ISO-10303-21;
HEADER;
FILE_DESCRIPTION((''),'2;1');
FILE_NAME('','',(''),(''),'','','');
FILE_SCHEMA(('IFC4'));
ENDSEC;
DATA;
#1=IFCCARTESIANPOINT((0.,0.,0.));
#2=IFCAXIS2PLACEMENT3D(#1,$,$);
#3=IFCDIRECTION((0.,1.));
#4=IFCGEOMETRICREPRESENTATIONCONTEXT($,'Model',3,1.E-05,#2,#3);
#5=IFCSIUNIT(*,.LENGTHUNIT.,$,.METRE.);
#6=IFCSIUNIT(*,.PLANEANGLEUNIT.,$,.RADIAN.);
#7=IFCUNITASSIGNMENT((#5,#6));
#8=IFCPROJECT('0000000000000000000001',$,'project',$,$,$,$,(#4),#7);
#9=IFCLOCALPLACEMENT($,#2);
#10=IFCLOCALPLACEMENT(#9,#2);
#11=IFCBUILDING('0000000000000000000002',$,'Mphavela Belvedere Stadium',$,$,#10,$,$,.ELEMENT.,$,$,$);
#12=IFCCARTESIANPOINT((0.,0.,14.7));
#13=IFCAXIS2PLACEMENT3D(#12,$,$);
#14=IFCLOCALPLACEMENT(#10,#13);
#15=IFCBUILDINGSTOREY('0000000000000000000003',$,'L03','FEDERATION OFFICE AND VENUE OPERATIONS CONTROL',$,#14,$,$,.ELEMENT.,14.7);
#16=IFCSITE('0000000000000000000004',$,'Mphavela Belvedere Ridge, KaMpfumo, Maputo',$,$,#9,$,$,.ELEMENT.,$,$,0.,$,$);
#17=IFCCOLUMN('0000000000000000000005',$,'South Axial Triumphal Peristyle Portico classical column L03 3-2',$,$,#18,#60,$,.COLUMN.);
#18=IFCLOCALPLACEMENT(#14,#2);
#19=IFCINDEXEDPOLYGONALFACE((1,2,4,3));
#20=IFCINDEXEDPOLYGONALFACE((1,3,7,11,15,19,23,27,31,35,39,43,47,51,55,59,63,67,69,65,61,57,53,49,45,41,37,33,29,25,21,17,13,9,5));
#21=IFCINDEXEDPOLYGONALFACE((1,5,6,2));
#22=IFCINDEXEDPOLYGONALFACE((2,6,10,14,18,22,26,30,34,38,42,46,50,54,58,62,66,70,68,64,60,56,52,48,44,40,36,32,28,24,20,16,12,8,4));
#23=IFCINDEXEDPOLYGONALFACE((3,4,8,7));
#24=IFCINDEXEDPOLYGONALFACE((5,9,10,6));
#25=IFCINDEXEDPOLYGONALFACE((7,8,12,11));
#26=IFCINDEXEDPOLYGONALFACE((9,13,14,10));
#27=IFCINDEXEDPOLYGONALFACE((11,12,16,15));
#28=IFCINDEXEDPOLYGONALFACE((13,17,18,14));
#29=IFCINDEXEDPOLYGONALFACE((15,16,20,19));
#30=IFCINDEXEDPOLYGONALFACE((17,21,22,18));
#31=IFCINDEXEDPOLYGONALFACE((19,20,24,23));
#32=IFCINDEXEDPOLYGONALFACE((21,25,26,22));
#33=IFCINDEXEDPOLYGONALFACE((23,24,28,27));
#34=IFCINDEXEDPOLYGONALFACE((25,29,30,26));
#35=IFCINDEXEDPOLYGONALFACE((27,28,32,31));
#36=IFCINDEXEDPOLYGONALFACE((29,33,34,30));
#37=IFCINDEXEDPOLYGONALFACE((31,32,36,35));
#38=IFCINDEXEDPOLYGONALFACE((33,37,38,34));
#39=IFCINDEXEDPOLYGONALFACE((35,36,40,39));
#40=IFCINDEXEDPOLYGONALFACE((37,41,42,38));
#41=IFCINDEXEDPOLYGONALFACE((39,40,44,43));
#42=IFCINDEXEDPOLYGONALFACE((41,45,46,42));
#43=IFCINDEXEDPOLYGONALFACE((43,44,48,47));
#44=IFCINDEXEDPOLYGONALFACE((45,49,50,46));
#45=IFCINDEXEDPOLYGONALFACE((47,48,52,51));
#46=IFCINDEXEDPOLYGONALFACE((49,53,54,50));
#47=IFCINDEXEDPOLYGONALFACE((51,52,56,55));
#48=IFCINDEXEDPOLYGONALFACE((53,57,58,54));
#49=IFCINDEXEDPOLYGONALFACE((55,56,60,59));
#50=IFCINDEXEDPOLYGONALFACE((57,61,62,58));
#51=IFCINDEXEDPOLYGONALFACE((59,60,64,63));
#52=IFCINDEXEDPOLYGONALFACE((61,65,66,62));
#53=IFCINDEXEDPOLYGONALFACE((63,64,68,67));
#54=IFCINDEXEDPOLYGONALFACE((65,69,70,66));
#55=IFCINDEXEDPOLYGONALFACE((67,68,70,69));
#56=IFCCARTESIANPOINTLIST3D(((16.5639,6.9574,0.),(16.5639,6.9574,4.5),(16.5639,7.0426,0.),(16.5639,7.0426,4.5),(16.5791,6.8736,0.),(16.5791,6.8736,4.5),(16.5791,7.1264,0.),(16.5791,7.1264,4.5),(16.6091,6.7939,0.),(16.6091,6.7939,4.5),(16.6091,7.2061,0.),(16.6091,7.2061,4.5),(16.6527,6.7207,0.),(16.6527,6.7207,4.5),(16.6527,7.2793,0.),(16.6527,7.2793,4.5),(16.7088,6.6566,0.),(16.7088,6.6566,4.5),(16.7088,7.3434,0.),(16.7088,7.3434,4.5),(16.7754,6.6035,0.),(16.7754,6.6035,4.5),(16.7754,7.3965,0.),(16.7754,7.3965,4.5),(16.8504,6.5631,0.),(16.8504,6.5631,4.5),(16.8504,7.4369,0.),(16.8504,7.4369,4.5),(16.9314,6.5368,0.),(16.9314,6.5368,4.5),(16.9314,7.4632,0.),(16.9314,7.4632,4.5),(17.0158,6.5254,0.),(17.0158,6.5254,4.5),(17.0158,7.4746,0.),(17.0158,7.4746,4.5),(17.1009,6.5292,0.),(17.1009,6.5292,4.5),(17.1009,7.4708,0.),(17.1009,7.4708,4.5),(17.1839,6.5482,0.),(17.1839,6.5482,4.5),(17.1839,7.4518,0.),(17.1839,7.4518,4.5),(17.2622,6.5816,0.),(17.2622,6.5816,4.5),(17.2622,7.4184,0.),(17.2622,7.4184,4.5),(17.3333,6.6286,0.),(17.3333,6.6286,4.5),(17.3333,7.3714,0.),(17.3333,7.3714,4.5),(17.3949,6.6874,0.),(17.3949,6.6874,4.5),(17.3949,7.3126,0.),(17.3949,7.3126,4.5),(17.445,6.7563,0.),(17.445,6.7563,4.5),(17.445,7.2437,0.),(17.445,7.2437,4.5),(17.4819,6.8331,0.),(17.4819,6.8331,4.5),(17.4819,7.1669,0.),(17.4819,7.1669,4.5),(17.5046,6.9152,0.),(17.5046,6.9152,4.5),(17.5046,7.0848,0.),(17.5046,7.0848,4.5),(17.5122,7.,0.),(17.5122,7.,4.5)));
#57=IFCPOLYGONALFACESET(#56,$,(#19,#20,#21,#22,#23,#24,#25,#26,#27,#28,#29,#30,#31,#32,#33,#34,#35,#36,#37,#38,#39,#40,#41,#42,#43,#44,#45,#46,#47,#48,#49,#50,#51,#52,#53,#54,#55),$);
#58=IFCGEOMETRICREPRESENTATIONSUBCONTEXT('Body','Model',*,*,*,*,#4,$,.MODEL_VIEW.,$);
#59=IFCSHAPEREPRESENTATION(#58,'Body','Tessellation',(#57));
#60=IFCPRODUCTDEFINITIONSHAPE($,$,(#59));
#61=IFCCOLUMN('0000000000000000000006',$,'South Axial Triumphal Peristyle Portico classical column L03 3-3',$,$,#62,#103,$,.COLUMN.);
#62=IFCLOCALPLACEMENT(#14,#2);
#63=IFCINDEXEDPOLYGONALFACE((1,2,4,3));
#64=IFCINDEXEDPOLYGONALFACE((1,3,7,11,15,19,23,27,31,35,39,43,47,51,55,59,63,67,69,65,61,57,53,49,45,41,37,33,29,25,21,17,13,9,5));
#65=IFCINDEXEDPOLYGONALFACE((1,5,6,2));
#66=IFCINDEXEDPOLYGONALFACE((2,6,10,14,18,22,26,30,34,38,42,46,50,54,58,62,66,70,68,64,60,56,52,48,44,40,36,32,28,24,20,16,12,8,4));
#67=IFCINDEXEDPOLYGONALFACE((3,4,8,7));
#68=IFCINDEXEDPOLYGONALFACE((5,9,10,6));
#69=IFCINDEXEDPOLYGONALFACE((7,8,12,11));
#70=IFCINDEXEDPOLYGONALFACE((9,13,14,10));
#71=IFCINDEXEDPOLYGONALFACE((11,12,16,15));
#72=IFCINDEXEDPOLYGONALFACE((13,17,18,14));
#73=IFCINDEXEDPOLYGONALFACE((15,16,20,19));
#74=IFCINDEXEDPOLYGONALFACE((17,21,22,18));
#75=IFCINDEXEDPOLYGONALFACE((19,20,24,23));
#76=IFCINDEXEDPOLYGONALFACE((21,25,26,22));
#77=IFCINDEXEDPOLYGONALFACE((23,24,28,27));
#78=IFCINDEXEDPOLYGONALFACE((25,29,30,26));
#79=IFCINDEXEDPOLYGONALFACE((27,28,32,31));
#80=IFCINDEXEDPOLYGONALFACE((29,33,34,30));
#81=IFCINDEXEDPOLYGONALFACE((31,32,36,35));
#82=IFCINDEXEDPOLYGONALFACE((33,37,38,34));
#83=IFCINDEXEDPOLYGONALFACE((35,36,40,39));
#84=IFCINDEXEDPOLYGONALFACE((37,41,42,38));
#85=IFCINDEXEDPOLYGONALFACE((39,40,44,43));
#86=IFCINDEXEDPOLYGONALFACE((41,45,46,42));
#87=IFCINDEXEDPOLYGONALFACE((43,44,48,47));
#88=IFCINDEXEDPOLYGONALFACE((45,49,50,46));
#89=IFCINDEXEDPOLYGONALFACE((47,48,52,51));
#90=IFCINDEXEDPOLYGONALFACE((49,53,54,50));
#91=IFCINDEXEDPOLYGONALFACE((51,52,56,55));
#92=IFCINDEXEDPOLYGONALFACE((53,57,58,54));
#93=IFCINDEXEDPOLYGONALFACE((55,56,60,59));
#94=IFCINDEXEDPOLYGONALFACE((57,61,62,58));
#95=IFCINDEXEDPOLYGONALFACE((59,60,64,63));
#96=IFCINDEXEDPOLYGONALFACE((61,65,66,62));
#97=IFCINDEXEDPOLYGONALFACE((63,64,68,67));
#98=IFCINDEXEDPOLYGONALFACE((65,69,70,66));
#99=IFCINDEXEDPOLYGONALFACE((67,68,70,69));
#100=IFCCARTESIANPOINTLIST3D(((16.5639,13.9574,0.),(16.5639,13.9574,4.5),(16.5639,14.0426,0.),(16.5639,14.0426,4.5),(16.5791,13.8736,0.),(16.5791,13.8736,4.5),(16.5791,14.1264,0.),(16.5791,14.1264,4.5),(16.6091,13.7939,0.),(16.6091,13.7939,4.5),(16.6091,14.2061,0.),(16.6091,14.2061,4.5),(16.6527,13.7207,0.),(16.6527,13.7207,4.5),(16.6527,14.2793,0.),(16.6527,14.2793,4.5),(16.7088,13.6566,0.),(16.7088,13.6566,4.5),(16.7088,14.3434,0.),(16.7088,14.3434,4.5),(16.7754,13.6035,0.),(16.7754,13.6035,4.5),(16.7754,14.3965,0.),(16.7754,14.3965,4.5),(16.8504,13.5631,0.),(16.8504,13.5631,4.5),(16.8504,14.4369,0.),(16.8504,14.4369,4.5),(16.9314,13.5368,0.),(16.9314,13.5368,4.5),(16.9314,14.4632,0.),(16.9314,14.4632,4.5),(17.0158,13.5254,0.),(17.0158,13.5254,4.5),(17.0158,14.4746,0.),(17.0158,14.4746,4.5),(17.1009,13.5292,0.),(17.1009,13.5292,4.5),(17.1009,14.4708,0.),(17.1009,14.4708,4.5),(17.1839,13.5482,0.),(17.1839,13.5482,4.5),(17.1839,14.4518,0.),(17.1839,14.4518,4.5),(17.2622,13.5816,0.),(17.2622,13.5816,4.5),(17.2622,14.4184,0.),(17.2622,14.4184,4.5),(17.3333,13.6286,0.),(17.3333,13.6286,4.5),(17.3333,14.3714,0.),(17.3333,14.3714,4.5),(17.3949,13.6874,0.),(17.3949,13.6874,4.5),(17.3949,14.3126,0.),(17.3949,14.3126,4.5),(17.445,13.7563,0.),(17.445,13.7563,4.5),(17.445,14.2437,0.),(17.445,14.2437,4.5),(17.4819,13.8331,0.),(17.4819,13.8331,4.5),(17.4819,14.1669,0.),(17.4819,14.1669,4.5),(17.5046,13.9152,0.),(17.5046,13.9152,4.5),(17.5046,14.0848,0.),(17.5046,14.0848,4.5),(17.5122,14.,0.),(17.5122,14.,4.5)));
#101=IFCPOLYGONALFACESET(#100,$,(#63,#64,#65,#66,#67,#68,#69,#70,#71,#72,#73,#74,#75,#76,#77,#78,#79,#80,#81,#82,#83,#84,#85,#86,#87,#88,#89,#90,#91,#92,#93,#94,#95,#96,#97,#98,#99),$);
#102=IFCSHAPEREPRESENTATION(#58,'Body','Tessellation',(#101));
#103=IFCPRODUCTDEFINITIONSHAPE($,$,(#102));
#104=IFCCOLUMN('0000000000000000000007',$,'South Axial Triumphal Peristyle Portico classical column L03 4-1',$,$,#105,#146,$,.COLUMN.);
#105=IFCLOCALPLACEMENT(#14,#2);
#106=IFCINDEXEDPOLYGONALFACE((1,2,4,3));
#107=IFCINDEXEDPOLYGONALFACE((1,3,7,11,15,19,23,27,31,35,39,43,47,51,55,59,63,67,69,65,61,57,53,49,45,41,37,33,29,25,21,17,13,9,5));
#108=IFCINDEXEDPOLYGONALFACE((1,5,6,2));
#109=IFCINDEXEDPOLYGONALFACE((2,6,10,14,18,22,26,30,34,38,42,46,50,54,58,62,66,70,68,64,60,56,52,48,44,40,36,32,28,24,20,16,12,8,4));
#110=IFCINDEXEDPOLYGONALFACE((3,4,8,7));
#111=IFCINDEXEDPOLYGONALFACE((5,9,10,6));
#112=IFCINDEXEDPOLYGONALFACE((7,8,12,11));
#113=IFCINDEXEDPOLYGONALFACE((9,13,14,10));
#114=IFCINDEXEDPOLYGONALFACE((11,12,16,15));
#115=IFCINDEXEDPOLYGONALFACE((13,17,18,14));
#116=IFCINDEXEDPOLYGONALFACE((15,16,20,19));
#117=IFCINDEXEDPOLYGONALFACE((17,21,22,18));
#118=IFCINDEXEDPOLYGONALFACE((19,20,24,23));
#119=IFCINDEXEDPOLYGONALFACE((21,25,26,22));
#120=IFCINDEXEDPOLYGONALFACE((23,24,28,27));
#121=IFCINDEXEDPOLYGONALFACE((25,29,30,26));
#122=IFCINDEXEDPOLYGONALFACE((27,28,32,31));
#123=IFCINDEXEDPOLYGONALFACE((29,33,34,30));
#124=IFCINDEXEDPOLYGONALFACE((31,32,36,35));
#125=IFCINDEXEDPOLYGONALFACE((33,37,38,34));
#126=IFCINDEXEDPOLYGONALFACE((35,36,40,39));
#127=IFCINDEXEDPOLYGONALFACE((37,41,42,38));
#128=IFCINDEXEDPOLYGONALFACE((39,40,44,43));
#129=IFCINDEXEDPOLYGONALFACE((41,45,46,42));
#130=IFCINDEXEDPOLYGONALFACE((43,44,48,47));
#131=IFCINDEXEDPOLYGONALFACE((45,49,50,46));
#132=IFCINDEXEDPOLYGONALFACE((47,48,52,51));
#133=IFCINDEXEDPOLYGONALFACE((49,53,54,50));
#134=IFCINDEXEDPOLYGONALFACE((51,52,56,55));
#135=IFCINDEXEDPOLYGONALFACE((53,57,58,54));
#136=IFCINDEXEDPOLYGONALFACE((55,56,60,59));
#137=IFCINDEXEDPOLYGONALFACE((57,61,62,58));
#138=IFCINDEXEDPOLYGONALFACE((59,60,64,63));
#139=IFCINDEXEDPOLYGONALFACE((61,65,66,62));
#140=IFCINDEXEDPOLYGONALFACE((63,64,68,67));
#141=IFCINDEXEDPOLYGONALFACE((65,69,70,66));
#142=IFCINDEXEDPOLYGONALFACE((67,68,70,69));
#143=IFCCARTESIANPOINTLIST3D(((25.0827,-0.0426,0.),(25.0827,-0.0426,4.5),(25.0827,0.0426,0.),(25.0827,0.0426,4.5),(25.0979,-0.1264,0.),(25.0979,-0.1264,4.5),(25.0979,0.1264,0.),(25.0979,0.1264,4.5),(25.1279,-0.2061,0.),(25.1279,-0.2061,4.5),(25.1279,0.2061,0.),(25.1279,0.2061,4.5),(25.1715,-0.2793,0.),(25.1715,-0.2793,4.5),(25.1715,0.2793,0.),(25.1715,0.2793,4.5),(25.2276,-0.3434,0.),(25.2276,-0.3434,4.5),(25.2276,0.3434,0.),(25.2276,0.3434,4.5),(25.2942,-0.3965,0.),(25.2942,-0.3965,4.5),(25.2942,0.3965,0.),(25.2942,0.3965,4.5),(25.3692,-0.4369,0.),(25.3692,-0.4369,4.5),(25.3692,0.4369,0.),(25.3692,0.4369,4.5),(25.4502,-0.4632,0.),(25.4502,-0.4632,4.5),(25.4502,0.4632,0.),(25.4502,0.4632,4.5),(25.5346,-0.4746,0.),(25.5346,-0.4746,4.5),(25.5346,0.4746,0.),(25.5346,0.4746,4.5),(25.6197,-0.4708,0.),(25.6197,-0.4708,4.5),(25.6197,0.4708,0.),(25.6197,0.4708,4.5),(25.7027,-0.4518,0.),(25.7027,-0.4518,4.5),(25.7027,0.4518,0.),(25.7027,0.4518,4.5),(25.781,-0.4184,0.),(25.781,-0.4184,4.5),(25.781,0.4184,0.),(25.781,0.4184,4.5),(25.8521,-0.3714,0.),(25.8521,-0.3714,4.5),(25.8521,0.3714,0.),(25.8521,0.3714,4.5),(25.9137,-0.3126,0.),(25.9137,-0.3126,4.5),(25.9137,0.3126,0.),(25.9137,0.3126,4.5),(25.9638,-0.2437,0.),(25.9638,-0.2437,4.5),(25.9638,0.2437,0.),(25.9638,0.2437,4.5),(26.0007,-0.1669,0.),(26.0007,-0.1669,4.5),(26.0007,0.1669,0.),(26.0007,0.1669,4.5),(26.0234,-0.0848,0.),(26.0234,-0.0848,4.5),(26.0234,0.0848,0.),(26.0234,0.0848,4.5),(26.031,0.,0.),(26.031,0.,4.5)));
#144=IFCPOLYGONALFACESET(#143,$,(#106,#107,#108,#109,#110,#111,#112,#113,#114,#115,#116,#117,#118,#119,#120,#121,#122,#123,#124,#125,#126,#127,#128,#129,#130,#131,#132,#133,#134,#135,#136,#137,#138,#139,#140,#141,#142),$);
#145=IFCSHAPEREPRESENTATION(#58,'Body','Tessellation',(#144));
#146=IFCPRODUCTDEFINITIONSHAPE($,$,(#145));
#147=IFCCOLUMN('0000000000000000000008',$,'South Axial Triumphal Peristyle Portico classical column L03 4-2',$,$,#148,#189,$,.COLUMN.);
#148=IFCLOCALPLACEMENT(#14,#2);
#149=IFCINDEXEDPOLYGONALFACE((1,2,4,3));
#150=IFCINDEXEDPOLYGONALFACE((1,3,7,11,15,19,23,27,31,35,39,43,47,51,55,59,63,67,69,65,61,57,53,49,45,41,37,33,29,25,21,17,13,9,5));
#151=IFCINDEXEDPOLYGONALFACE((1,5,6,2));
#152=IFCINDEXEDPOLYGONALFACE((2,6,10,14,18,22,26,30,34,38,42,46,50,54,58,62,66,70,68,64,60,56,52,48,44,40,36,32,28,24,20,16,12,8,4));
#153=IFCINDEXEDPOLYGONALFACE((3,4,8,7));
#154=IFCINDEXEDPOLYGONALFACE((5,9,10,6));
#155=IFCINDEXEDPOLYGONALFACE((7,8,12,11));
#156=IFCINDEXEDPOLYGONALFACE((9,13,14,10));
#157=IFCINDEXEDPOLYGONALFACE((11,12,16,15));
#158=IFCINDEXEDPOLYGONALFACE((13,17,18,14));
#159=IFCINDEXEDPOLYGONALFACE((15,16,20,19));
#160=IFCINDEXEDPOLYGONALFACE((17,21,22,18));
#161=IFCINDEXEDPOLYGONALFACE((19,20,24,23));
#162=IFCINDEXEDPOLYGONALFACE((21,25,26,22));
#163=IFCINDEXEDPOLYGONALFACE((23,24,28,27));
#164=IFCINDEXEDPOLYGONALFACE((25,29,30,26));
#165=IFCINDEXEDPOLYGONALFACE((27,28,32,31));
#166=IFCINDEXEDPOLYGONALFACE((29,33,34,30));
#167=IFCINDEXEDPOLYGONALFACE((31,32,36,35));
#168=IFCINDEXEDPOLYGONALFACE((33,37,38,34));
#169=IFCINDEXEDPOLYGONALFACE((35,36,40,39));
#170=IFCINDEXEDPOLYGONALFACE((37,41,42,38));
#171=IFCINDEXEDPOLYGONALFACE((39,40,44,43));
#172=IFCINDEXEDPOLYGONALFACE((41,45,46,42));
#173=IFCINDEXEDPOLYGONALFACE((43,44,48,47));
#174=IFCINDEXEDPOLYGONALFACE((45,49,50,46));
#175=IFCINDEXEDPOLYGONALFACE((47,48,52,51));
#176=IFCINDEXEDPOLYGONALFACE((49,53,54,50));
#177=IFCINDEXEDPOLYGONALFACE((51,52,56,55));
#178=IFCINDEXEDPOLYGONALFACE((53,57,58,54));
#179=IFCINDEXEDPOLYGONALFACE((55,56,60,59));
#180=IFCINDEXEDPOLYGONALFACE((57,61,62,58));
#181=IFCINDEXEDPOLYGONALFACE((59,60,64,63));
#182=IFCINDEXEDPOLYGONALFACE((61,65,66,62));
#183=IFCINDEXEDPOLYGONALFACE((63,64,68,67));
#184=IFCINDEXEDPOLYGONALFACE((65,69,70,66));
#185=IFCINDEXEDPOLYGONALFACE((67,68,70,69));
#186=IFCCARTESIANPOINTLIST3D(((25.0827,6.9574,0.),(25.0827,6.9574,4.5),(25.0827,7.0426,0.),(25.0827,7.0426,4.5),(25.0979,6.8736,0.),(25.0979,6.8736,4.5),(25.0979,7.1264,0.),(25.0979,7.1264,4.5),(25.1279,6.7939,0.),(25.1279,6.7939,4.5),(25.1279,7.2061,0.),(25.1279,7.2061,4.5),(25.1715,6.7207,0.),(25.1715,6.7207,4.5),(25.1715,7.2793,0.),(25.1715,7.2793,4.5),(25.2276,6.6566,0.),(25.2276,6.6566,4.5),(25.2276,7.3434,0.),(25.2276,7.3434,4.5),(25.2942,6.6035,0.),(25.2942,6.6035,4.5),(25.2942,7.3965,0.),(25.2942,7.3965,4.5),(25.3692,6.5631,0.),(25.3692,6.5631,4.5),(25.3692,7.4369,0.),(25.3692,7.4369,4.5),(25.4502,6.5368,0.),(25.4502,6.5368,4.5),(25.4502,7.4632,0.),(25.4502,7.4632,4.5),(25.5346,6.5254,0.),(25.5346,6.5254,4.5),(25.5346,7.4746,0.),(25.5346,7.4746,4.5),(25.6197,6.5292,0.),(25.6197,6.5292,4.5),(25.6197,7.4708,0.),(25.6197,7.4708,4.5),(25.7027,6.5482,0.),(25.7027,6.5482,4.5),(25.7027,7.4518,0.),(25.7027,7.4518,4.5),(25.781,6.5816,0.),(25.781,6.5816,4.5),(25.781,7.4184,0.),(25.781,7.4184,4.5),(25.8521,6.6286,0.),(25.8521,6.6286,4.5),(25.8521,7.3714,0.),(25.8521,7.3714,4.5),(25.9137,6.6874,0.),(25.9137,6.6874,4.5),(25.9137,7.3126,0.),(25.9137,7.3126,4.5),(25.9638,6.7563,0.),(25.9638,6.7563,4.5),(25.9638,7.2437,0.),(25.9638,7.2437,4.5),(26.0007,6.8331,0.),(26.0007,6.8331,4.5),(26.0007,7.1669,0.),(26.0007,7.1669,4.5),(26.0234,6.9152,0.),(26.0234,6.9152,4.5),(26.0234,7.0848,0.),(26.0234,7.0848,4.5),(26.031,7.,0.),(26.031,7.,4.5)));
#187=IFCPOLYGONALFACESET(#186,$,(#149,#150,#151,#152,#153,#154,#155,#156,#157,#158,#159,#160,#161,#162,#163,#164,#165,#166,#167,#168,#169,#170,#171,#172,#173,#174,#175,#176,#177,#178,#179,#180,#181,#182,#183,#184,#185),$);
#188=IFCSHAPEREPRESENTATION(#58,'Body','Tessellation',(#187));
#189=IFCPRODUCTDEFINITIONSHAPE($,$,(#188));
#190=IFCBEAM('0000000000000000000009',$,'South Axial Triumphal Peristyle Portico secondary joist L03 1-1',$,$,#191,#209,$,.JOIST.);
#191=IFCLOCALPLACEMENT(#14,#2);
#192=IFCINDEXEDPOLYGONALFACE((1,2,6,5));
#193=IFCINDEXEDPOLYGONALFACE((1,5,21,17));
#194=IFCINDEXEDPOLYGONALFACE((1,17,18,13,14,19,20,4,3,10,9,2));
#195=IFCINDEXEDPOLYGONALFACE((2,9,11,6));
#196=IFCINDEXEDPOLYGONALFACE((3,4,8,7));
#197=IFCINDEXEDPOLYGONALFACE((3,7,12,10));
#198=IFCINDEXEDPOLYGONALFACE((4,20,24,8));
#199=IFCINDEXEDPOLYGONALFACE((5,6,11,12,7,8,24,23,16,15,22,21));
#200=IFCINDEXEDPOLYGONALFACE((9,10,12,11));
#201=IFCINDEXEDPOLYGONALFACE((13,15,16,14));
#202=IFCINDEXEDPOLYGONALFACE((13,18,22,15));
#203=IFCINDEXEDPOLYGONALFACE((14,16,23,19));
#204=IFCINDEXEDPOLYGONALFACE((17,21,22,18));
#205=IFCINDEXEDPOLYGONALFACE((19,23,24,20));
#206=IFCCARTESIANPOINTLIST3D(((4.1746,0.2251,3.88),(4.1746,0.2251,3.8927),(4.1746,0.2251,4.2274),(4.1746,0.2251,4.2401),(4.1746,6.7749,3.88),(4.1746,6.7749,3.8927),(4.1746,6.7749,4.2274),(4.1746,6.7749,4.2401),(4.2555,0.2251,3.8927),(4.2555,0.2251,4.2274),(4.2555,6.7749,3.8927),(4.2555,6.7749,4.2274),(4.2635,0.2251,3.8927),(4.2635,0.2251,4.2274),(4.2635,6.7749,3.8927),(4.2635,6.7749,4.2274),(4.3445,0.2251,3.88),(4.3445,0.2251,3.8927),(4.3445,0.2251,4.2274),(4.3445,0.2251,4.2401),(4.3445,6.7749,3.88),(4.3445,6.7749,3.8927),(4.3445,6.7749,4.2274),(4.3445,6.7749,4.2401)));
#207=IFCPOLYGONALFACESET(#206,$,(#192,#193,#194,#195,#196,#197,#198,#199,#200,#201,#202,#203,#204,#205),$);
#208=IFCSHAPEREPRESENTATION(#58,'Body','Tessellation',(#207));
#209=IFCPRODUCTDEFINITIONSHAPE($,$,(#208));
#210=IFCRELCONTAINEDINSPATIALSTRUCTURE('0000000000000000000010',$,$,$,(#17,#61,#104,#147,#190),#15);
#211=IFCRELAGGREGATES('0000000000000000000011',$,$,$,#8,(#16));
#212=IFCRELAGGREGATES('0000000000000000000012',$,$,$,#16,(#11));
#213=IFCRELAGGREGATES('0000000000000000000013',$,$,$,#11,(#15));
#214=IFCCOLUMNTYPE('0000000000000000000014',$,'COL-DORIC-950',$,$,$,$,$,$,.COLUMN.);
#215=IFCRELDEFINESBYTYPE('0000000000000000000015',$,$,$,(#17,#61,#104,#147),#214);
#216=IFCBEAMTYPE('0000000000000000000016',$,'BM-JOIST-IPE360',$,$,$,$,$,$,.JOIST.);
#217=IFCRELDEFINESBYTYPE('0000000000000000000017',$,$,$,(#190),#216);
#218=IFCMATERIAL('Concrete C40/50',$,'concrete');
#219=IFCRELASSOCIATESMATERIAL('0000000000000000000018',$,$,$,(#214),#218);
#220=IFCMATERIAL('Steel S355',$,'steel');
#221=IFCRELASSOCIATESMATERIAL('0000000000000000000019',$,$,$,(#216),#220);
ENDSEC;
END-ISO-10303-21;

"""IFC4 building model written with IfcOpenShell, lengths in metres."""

from ifc_helpers import new_model, si_unit, direction, frame, origin, origin_2d, place, context, subcontext, project, spatial, circle, i_section, extrude, material, material_profile, profile_set, type_object, element, save


model = new_model("IFC4")

# Units and contexts
model_context = context("Model", 3, precision=1e-05, world=origin(), true_north=direction((0.0, 1.0)))
body_context = subcontext(model_context, "Body", "Model", "MODEL_VIEW")
ifc_project = project(units=[si_unit("LENGTHUNIT", "METRE"), si_unit("PLANEANGLEUNIT", "RADIAN")], contexts=[model_context])

# Site, building, storey
site_placement = place(None, origin())
site = spatial("IfcSite", under=ifc_project, at=site_placement, Name="Mphavela Belvedere Ridge, KaMpfumo, Maputo", CompositionType="ELEMENT", RefElevation=0.0)
building_placement = place(site_placement, origin())
building = spatial("IfcBuilding", under=site, at=building_placement, Name="Mphavela Belvedere Stadium", CompositionType="ELEMENT")
storey_placement = place(building_placement, frame((0.0, 0.0, 14.7)))
storey = spatial("IfcBuildingStorey", under=building, at=storey_placement, Name="L03", Description="FEDERATION OFFICE AND VENUE OPERATIONS CONTROL", CompositionType="ELEMENT", Elevation=14.7)

# Columns
ifc_material_1 = material(Name="Concrete C40/50", Category="concrete")
ifc_material_profile_1 = material_profile(ifc_material_1, circle(Radius=0.4751, at=origin_2d()), Name="COL D950")
ifc_profile_set_1 = profile_set([ifc_material_profile_1], Name="Concrete C40/50")
column_type = type_object("IfcColumnType", Name="COL-DORIC-950", PredefinedType="COLUMN", material=ifc_profile_set_1)
for number, where, z_axis, x_axis, name in (
    (1, (17.0371, 7.0, 0.0), (0.0, 0.0, 1.0), (1.0, 0.0, 0.0), "South Axial Triumphal Peristyle Portico classical column L03 3-2"),
    (2, (17.0371, 14.0, 0.0), (0.0, 0.0, 1.0), (1.0, 0.0, 0.0), "South Axial Triumphal Peristyle Portico classical column L03 3-3"),
    (3, (25.5559, 0.0, 0.0), (0.0, 0.0, 1.0), (1.0, 0.0, 0.0), "South Axial Triumphal Peristyle Portico classical column L03 4-1"),
    (4, (25.5559, 7.0, 0.0), (0.0, 0.0, 1.0), (1.0, 0.0, 0.0), "South Axial Triumphal Peristyle Portico classical column L03 4-2"),
):
    element("IfcColumn", number, at=place(storey_placement, frame(where, z_axis=z_axis, x_axis=x_axis)), inside=storey, type_object=column_type, Name=name, PredefinedType="COLUMN", context=body_context, shape_type="SweptSolid", body=[
        extrude(circle(Radius=0.4751, at=origin_2d()), origin(), (0.0, 0.0, 1.0), 4.5),
    ])

# Beam
ifc_material_2 = material(Name="Steel S355", Category="steel")
ifc_material_profile_2 = material_profile(ifc_material_2, i_section(OverallWidth=0.1699, OverallDepth=0.3601, WebThickness=0.0081, FlangeThickness=0.0127, at=origin_2d()), Name="IPE 360")
ifc_profile_set_2 = profile_set([ifc_material_profile_2], Name="Steel S355")
beam_type_1 = type_object("IfcBeamType", Name="BM-JOIST-IPE360", PredefinedType="JOIST", material=ifc_profile_set_2)
for number, where, z_axis, x_axis, name in (
    (5, (4.2595, 0.2251, 4.0601), (0.0, 1.0, 0.0), (-1.0, 0.0, 0.0), "South Axial Triumphal Peristyle Portico secondary joist L03 1-1"),
):
    element("IfcBeam", number, at=place(storey_placement, frame(where, z_axis=z_axis, x_axis=x_axis)), inside=storey, type_object=beam_type_1, Name=name, PredefinedType="JOIST", context=body_context, shape_type="SweptSolid", body=[
        extrude(i_section(OverallWidth=0.1699, OverallDepth=0.3601, WebThickness=0.0081, FlangeThickness=0.0127, at=origin_2d()), origin(), (0.0, 0.0, 1.0), 6.5498),
    ])

save(model, "model.ifc")
